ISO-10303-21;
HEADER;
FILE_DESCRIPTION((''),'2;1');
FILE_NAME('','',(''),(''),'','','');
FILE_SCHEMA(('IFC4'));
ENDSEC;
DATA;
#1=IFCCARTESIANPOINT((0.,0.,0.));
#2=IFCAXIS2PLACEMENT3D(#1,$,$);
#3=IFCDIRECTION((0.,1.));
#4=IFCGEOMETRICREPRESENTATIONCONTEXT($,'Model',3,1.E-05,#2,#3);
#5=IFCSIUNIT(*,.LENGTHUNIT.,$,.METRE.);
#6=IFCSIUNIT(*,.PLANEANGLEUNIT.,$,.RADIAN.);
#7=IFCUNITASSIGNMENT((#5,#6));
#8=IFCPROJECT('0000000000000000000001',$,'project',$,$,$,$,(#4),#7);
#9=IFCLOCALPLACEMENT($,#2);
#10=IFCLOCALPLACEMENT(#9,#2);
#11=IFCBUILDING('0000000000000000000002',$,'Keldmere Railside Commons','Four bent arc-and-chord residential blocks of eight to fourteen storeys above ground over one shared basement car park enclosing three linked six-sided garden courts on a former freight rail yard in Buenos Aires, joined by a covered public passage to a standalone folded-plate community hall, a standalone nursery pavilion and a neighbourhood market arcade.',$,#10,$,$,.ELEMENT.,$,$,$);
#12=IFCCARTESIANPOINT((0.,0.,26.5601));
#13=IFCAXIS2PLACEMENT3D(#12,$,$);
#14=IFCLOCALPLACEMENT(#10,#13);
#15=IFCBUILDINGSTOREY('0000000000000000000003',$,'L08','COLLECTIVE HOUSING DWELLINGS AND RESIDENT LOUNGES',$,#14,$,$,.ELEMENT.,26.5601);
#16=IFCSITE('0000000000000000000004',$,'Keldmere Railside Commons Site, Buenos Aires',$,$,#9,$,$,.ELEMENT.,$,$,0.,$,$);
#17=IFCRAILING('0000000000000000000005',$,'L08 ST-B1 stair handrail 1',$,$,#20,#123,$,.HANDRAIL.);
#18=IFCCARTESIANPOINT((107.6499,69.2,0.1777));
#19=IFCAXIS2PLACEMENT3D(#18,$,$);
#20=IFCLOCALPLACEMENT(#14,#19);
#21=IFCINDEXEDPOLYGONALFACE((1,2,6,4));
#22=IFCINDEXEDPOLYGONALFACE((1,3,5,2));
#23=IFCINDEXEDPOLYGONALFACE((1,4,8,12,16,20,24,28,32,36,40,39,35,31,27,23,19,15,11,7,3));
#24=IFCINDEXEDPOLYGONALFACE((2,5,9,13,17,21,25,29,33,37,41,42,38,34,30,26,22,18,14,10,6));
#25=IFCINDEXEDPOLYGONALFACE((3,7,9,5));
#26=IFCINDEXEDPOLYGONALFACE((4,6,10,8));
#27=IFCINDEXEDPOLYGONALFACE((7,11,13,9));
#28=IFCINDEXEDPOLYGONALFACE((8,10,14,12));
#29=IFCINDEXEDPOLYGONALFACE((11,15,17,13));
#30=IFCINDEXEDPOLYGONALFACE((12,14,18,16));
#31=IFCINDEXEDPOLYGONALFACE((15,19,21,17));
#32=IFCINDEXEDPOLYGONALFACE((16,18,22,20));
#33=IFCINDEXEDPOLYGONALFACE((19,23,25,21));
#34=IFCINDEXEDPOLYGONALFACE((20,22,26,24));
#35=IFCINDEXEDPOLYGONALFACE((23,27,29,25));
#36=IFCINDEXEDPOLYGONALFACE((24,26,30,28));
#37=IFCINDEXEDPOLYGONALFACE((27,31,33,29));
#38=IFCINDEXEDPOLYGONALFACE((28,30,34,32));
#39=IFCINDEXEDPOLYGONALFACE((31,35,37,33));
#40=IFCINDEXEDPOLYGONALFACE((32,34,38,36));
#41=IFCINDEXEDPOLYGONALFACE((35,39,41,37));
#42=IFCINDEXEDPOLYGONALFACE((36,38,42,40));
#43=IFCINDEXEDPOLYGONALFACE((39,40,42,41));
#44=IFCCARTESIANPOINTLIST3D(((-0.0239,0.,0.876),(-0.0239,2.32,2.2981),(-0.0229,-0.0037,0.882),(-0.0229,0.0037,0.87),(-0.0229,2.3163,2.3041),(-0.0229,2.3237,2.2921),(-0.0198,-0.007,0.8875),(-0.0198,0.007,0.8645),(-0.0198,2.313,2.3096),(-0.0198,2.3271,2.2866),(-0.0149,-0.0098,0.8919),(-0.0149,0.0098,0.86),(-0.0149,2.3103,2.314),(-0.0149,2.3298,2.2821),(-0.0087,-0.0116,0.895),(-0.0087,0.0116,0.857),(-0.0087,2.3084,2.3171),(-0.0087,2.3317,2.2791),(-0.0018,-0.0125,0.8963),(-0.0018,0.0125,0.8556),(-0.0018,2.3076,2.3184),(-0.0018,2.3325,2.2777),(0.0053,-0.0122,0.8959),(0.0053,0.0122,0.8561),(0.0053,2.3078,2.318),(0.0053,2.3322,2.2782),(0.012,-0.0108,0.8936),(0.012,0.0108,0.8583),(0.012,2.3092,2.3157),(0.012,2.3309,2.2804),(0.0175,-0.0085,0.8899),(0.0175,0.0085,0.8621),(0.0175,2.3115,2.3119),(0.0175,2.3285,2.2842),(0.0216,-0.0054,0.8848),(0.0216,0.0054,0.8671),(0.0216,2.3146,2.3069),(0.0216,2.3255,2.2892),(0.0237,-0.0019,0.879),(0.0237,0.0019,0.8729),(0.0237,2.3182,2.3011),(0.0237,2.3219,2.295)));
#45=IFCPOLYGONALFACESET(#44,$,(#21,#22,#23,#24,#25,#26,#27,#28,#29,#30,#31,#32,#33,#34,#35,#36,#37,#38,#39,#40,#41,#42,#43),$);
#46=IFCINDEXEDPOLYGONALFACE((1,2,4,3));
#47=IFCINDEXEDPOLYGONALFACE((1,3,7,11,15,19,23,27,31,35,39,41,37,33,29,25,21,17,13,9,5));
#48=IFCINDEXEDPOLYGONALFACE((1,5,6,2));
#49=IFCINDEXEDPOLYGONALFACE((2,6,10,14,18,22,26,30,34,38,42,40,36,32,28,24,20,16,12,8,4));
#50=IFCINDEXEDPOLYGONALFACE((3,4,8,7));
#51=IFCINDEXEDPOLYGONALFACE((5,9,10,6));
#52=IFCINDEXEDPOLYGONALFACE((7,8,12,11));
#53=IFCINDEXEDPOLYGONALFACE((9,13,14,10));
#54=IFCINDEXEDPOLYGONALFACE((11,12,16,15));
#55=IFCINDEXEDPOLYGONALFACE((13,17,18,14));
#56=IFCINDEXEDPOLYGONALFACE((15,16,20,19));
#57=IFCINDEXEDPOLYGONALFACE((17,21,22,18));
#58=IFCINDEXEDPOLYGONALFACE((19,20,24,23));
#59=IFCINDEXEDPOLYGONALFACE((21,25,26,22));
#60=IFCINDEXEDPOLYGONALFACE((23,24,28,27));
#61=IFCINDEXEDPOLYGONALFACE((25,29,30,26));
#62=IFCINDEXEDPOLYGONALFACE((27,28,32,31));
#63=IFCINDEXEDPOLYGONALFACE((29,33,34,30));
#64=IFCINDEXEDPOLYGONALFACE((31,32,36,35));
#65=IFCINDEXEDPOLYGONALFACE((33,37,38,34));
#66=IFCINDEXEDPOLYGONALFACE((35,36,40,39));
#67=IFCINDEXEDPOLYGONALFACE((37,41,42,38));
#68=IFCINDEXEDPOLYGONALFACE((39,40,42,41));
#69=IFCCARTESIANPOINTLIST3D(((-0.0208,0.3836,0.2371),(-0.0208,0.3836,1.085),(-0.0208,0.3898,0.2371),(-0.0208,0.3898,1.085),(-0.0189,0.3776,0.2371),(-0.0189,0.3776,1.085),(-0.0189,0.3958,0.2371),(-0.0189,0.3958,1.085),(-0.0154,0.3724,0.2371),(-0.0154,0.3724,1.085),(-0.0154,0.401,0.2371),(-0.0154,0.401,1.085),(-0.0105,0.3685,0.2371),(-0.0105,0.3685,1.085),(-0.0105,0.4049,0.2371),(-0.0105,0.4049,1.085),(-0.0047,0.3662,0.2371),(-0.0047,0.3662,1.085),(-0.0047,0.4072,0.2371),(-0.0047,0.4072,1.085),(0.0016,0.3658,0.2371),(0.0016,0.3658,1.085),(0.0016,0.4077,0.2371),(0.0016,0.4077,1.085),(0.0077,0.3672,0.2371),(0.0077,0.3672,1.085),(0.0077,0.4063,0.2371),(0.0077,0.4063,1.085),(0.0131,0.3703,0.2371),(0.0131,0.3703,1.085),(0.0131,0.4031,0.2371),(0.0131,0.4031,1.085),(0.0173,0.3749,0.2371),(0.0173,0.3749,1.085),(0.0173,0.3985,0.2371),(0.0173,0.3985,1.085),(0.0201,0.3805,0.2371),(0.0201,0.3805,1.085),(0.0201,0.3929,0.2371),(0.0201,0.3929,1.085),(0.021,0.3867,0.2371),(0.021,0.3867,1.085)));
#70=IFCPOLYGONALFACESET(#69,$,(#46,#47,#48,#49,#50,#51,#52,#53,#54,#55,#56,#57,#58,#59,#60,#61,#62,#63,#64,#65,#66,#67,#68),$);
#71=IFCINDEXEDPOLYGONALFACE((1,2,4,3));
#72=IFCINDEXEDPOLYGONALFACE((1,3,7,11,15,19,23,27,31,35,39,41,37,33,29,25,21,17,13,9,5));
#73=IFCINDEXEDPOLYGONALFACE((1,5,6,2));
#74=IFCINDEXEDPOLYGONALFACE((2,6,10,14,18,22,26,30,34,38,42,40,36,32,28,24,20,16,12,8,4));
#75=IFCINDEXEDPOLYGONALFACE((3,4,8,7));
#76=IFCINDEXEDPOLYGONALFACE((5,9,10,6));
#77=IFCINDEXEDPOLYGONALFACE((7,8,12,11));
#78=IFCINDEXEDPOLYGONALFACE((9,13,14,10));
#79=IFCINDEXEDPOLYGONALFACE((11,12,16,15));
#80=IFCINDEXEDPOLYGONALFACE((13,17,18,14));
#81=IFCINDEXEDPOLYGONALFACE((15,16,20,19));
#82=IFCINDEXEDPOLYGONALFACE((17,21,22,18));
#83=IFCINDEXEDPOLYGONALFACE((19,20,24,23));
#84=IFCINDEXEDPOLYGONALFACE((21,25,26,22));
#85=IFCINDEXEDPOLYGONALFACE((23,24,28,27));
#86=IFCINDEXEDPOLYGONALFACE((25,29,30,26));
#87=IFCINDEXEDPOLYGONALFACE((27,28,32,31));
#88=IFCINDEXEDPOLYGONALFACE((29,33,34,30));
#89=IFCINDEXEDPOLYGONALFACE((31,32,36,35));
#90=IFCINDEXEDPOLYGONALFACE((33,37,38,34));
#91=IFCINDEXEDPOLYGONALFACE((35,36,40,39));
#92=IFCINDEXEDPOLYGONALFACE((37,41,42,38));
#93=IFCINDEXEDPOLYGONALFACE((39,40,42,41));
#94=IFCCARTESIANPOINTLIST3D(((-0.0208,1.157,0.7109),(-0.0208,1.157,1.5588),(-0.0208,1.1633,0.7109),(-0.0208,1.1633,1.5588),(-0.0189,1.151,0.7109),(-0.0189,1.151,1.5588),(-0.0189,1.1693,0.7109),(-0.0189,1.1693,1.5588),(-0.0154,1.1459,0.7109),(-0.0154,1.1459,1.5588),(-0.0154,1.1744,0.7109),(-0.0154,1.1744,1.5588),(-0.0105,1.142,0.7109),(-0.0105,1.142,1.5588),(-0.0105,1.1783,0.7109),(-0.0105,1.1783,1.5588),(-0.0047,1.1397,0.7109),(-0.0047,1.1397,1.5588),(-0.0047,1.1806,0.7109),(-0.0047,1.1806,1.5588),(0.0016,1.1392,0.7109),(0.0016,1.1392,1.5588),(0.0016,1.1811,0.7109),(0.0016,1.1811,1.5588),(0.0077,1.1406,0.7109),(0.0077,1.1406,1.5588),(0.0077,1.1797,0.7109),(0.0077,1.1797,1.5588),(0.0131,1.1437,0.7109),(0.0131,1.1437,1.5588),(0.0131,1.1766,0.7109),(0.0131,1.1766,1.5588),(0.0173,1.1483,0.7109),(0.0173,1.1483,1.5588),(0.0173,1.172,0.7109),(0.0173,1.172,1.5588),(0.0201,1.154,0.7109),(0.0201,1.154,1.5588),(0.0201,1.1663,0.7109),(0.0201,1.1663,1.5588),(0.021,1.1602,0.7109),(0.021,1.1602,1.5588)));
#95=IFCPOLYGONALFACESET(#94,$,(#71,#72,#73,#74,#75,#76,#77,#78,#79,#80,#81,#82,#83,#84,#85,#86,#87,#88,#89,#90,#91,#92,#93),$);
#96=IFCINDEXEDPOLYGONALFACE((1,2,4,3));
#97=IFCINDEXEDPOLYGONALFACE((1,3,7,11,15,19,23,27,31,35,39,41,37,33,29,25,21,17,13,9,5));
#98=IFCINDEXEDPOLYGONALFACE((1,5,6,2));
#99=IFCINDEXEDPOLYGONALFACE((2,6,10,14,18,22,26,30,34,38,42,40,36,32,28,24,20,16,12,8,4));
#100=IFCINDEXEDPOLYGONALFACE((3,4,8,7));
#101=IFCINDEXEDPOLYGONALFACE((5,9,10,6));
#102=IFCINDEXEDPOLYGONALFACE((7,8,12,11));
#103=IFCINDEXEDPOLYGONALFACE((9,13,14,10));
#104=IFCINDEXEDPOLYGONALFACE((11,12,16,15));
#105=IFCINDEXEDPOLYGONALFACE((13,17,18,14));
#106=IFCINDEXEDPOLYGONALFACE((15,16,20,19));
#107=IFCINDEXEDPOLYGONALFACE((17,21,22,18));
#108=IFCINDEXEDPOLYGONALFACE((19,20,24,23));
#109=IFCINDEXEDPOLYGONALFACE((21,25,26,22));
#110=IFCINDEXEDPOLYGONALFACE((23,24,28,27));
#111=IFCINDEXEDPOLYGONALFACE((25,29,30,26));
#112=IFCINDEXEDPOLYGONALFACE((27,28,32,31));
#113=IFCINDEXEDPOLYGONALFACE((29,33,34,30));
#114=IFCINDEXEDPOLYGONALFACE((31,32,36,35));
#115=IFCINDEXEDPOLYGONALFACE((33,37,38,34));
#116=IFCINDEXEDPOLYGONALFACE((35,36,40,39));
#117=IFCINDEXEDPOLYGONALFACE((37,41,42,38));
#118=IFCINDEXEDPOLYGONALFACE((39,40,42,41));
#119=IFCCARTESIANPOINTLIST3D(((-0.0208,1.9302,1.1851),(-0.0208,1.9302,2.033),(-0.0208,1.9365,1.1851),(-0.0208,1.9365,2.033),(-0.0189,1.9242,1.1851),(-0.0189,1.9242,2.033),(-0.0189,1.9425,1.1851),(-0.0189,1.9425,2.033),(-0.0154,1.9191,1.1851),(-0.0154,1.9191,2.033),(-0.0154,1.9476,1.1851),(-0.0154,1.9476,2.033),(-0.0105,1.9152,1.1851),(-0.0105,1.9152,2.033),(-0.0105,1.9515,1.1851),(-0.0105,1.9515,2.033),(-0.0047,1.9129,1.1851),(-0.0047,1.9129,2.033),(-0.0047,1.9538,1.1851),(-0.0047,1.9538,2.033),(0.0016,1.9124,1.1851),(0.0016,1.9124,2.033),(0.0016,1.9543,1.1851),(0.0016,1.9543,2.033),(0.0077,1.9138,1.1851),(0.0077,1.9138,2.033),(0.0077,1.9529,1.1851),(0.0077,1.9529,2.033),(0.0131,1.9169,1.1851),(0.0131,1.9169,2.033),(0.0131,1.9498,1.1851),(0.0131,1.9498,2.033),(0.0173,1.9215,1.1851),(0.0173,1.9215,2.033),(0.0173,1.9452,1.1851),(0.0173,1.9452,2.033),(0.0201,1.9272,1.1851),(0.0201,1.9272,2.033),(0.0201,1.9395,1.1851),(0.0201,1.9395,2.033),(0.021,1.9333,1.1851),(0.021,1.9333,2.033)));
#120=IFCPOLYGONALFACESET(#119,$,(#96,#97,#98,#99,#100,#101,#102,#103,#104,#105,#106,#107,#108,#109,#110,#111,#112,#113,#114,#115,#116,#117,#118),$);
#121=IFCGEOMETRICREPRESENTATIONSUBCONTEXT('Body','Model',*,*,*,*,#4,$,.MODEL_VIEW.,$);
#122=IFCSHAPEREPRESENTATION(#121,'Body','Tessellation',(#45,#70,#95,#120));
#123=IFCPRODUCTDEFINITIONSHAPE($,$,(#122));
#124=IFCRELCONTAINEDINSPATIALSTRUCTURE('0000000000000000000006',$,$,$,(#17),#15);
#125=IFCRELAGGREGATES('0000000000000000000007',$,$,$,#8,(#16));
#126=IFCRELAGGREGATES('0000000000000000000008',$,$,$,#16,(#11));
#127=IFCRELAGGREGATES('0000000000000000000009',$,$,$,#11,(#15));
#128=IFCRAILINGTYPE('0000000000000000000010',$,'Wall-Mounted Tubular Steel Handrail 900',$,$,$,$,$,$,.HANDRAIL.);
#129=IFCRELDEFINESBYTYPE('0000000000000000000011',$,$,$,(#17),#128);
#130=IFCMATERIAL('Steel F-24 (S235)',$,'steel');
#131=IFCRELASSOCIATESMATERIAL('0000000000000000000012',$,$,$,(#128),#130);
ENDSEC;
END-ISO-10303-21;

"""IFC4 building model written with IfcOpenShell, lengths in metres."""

from ifc_helpers import new_model, si_unit, direction, frame, origin, origin_2d, place, context, subcontext, project, spatial, circle, extrude, material, type_object, element, save


model = new_model("IFC4")

# Units and contexts
model_context = context("Model", 3, precision=1e-05, world=origin(), true_north=direction((0.0, 1.0)))
body_context = subcontext(model_context, "Body", "Model", "MODEL_VIEW")
ifc_project = project(units=[si_unit("LENGTHUNIT", "METRE"), si_unit("PLANEANGLEUNIT", "RADIAN")], contexts=[model_context])

# Site, building, storey
site_placement = place(None, origin())
site = spatial("IfcSite", under=ifc_project, at=site_placement, Name="Keldmere Railside Commons Site, Buenos Aires", CompositionType="ELEMENT", RefElevation=0.0)
building_placement = place(site_placement, origin())
building = spatial("IfcBuilding", under=site, at=building_placement, Name="Keldmere Railside Commons", Description="Four bent arc-and-chord residential blocks of eight to fourteen storeys above ground over one shared basement car park enclosing three linked six-sided garden courts on a former freight rail yard in Buenos Aires, joined by a covered public passage to a standalone folded-plate community hall, a standalone nursery pavilion and a neighbourhood market arcade.", CompositionType="ELEMENT")
storey_placement = place(building_placement, frame((0.0, 0.0, 26.5601)))
storey = spatial("IfcBuildingStorey", under=building, at=storey_placement, Name="L08", Description="COLLECTIVE HOUSING DWELLINGS AND RESIDENT LOUNGES", CompositionType="ELEMENT", Elevation=26.5601)

# Shared definitions
ifc_material_1 = material(Name="Steel F-24 (S235)", Category="steel")

# Railing
railing_type_1 = type_object("IfcRailingType", Name="Wall-Mounted Tubular Steel Handrail 900", PredefinedType="HANDRAIL", material=ifc_material_1)
railing_1_placement = place(storey_placement, frame((107.6499, 69.2, 0.1777)))
element("IfcRailing", 1, at=railing_1_placement, inside=storey, type_object=railing_type_1, Name="L08 ST-B1 stair handrail 1", PredefinedType="HANDRAIL", context=body_context, shape_type="SweptSolid", body=[
    extrude(circle(Radius=0.0239, at=origin_2d()), frame((0.0, 0.0, 0.876), z_axis=(0.0, 0.852578, 0.5226), x_axis=(-1.0, 0.0, 0.0)), (0.0, 0.0, 1.0), 2.7212),
    extrude(circle(Radius=0.021, at=origin_2d()), frame((0.0, 0.3867, 0.2371)), (0.0, 0.0, 1.0), 0.8479),
    extrude(circle(Radius=0.021, at=origin_2d()), frame((0.0, 1.1602, 0.7109)), (0.0, 0.0, 1.0), 0.8479),
    extrude(circle(Radius=0.021, at=origin_2d()), frame((0.0, 1.9333, 1.1851)), (0.0, 0.0, 1.0), 0.8479),
])

save(model, "model.ifc")
